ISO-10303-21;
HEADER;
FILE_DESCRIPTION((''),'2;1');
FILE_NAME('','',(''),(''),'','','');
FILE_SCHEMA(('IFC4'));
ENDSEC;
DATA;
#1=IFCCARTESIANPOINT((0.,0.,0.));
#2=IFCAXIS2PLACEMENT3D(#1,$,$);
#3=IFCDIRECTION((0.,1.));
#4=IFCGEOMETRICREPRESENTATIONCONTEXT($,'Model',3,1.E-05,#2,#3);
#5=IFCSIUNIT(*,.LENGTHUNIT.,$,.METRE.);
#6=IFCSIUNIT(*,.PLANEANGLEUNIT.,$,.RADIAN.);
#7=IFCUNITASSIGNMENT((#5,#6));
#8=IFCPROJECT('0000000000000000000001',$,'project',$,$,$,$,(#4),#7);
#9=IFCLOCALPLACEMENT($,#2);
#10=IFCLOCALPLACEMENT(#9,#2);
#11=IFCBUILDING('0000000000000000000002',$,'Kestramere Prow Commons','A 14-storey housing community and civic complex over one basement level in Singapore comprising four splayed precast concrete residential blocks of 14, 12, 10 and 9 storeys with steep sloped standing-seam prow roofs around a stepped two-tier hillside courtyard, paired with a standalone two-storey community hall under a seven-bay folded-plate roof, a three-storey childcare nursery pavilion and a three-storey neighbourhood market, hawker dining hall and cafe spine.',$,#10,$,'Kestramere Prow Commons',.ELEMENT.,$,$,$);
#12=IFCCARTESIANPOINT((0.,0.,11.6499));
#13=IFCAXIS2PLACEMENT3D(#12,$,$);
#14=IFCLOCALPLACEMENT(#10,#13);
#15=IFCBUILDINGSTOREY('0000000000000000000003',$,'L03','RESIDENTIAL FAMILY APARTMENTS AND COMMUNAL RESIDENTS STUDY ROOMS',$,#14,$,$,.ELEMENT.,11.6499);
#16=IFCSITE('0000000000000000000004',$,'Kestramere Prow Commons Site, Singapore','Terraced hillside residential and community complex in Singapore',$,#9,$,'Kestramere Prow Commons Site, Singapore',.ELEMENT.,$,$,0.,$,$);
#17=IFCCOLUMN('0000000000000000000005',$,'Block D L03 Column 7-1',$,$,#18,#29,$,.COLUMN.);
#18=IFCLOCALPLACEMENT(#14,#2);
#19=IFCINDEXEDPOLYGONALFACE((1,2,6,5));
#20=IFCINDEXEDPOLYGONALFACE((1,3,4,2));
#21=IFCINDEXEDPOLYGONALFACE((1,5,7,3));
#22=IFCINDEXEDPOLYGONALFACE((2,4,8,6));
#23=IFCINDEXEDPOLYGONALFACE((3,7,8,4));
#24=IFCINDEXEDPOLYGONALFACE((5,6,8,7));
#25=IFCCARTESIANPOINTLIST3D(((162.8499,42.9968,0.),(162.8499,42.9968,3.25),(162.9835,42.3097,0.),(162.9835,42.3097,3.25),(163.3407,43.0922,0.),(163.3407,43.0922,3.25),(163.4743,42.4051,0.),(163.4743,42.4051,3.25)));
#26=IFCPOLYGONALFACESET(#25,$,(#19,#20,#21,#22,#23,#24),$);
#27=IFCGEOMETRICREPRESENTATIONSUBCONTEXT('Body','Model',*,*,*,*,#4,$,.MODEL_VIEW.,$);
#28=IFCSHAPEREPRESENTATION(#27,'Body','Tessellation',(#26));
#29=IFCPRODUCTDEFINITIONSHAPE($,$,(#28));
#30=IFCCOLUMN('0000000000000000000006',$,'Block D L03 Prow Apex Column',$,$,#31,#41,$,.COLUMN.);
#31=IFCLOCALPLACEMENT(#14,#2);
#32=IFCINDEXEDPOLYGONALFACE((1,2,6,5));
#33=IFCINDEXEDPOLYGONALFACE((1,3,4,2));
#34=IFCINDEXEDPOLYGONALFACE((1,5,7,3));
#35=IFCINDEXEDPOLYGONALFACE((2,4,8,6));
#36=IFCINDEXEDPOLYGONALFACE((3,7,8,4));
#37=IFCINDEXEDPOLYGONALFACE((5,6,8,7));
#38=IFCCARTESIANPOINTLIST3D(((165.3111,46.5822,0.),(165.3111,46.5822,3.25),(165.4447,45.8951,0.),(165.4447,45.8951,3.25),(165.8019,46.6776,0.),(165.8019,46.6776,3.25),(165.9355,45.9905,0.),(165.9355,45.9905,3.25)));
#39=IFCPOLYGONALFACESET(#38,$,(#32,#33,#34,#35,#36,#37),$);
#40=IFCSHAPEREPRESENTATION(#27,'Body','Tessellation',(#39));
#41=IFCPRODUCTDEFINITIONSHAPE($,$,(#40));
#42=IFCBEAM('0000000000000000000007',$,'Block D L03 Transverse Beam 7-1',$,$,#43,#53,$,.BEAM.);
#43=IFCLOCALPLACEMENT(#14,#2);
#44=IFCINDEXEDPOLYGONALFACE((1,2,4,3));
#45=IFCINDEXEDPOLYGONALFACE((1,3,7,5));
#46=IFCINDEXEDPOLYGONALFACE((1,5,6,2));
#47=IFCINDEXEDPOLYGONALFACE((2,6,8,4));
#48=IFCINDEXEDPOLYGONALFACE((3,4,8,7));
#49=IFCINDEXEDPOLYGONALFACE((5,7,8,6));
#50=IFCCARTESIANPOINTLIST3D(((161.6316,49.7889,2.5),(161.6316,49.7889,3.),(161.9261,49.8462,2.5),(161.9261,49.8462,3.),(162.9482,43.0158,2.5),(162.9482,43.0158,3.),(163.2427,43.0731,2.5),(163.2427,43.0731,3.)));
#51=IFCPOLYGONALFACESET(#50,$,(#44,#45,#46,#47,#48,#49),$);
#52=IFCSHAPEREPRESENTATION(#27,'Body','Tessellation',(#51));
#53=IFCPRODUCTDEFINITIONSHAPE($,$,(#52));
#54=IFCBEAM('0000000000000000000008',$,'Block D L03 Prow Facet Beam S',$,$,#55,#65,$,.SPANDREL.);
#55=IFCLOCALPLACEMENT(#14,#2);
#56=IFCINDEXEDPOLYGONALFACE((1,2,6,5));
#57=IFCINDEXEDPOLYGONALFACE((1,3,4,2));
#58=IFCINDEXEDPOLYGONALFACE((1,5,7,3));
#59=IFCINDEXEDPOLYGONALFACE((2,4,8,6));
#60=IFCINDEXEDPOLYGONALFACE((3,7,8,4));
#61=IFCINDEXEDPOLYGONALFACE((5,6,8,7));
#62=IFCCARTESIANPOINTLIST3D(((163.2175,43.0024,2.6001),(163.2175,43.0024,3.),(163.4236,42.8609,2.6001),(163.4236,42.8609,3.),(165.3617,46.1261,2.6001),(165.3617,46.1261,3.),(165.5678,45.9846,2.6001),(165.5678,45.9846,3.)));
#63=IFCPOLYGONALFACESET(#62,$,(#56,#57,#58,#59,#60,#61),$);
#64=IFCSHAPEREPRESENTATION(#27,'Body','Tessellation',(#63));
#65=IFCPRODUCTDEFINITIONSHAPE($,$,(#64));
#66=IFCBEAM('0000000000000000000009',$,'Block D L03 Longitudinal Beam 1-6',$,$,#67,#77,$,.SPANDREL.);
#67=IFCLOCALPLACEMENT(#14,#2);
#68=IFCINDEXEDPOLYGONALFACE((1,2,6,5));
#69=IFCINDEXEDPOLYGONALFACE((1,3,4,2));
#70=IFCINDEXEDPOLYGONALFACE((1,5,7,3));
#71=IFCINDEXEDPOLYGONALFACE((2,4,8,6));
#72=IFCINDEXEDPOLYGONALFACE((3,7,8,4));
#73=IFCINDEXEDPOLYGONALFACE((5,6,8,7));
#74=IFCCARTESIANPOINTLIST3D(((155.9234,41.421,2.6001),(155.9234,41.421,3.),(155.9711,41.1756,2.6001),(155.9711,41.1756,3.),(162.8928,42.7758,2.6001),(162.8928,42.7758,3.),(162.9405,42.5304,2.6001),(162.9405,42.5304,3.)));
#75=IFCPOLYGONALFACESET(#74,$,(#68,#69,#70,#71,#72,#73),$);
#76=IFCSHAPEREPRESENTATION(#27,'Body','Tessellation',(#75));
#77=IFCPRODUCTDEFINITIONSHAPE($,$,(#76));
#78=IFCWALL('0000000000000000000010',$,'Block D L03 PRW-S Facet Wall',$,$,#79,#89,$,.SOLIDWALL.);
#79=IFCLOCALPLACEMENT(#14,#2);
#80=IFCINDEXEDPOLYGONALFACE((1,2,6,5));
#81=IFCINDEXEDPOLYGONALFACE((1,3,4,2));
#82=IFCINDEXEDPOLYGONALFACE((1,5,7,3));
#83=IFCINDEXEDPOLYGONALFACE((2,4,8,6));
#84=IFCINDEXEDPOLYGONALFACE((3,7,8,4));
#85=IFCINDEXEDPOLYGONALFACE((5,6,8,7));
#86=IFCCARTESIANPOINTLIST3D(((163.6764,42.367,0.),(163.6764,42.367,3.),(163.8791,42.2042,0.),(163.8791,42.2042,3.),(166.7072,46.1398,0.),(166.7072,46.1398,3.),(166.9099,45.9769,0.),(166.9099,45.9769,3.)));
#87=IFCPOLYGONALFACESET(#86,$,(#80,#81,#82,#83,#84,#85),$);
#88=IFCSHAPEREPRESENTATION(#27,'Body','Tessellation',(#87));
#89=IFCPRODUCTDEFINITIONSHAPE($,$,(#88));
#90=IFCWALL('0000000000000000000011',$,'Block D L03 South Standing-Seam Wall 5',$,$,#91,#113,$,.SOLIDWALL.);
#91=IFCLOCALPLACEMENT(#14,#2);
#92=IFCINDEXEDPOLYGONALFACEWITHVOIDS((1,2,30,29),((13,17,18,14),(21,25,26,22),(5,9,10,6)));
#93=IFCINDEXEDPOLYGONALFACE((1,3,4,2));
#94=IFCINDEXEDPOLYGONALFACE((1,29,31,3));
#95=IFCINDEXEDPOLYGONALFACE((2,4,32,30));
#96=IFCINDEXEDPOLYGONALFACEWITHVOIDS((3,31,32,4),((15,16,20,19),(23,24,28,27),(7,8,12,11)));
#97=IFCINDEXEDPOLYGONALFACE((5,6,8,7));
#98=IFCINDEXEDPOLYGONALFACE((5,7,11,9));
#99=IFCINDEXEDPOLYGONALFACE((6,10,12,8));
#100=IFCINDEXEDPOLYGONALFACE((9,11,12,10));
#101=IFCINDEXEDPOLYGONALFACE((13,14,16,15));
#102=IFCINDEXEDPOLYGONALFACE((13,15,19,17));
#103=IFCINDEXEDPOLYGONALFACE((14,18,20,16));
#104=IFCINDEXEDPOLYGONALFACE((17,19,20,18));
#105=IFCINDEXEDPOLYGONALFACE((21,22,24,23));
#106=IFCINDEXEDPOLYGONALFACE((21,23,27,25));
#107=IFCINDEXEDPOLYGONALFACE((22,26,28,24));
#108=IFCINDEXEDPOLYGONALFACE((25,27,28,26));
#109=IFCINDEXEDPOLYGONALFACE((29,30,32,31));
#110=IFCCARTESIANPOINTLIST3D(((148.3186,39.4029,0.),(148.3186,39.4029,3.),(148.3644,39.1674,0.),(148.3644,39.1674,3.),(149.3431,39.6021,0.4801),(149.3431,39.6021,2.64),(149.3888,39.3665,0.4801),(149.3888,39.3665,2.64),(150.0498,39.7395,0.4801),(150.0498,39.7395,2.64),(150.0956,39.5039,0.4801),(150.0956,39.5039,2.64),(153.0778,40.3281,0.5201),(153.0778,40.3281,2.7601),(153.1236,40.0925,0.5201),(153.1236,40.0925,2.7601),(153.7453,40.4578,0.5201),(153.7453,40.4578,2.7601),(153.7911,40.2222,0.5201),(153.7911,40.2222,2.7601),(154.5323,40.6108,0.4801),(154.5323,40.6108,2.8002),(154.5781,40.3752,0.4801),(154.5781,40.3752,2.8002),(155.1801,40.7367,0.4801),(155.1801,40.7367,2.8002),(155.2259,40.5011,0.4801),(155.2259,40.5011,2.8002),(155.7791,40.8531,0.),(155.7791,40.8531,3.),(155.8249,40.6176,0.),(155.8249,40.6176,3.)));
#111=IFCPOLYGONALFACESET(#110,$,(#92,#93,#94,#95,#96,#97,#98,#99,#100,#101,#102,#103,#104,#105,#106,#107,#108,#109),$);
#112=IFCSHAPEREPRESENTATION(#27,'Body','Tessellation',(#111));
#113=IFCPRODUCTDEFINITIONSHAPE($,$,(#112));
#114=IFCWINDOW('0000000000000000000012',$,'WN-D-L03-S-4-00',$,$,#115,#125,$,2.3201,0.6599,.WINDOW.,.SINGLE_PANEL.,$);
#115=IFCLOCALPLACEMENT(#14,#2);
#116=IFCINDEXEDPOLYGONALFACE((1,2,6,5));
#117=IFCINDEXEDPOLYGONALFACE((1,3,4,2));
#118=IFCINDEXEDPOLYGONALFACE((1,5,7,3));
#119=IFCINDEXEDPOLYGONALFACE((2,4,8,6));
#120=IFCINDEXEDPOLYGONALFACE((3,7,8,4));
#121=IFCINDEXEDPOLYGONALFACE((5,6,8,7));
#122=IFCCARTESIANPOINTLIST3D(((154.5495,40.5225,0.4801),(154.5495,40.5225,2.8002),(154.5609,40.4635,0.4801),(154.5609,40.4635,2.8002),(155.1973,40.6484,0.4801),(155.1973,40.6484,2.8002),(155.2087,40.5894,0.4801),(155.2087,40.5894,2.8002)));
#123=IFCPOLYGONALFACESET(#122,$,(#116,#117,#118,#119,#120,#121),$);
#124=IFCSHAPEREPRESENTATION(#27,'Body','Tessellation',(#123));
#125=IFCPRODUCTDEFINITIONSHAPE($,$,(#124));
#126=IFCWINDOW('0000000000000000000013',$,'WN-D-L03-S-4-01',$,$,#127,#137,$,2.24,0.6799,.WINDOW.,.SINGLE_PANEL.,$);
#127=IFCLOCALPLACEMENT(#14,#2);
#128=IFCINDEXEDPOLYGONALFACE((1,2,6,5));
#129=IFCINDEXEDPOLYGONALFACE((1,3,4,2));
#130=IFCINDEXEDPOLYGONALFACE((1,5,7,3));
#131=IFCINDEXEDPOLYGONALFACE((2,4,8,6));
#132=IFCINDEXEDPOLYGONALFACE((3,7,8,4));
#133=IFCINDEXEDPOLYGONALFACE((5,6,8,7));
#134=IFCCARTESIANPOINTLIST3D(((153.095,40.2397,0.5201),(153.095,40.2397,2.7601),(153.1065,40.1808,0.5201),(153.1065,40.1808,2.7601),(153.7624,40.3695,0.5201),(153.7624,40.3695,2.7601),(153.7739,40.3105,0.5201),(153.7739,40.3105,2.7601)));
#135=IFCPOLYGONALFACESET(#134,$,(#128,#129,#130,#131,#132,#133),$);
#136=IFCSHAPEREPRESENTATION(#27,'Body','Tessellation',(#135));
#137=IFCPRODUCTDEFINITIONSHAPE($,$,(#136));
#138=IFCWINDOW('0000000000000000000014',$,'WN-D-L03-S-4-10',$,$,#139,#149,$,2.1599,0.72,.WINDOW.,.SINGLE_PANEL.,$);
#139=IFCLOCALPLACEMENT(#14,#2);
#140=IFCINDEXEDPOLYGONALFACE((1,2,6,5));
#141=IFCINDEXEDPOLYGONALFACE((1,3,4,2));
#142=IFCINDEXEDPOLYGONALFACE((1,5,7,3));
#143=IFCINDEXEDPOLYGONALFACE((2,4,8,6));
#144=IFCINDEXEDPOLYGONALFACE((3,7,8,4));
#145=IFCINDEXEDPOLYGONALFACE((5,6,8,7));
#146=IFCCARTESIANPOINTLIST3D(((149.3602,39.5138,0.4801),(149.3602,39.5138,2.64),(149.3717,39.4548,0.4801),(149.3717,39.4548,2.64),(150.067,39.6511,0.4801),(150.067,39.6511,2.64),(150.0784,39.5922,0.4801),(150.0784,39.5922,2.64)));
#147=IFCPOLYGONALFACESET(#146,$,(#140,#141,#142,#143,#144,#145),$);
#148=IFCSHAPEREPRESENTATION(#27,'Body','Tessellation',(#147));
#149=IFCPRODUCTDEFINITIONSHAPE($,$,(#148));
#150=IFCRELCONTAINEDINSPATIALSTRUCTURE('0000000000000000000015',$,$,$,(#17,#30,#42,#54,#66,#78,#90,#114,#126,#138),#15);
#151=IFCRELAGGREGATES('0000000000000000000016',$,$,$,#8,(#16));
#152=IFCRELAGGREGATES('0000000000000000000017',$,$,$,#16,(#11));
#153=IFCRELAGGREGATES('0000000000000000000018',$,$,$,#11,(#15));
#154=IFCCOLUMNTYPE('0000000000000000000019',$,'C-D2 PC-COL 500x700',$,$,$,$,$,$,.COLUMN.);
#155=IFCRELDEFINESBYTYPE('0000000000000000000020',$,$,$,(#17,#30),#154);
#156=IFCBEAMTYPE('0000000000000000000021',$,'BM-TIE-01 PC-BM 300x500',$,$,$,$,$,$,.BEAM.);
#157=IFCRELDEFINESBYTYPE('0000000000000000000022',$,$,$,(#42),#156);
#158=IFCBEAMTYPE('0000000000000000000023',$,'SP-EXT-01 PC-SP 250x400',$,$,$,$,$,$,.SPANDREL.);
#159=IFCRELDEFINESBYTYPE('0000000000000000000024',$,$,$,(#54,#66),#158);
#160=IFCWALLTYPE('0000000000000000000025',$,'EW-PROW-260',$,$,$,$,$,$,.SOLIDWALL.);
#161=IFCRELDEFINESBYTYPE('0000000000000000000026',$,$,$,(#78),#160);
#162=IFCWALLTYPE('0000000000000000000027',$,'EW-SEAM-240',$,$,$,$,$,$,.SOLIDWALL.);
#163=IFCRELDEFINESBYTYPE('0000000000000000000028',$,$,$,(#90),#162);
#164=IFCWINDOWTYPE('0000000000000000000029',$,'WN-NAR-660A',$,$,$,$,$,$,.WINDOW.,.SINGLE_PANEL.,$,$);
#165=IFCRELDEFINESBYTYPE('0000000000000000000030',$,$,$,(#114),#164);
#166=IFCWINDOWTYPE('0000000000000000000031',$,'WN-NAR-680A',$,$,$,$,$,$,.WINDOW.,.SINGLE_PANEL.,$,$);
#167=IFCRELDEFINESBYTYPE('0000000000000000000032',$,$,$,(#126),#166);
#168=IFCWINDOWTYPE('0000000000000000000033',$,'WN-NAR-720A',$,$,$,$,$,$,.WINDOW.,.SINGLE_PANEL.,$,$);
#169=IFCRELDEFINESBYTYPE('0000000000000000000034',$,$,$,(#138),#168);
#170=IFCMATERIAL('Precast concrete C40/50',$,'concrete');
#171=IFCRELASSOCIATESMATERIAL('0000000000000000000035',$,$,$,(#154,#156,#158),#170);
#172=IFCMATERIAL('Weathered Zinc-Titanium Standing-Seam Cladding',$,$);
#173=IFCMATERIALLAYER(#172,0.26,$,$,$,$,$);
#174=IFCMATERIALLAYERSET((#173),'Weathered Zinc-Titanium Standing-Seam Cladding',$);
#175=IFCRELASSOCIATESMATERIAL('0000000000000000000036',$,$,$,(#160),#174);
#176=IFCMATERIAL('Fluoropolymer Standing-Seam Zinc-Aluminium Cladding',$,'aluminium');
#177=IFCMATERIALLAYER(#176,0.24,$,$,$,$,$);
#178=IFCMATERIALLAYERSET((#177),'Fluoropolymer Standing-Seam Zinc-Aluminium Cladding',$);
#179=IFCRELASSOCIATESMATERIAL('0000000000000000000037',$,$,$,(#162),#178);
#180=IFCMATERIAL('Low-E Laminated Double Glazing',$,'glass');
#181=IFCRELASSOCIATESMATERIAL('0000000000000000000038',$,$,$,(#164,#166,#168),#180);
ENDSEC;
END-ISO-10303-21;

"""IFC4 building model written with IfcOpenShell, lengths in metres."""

from ifc_helpers import new_model, si_unit, direction, frame, frame_2d, origin, origin_2d, place, context, subcontext, project, spatial, rectangle, extrude, material, layer, layer_set, material_profile, profile_set, type_object, element, fill, save


model = new_model("IFC4")

# Units and contexts
model_context = context("Model", 3, precision=1e-05, world=origin(), true_north=direction((0.0, 1.0)))
body_context = subcontext(model_context, "Body", "Model", "MODEL_VIEW")
ifc_project = project(units=[si_unit("LENGTHUNIT", "METRE"), si_unit("PLANEANGLEUNIT", "RADIAN")], contexts=[model_context])

# Site, building, storey
site_placement = place(None, origin())
site = spatial("IfcSite", under=ifc_project, at=site_placement, Name="Kestramere Prow Commons Site, Singapore", Description="Terraced hillside residential and community complex in Singapore", LongName="Kestramere Prow Commons Site, Singapore", CompositionType="ELEMENT", RefElevation=0.0)
building_placement = place(site_placement, origin())
building = spatial("IfcBuilding", under=site, at=building_placement, Name="Kestramere Prow Commons", Description="A 14-storey housing community and civic complex over one basement level in Singapore comprising four splayed precast concrete residential blocks of 14, 12, 10 and 9 storeys with steep sloped standing-seam prow roofs around a stepped two-tier hillside courtyard, paired with a standalone two-storey community hall under a seven-bay folded-plate roof, a three-storey childcare nursery pavilion and a three-storey neighbourhood market, hawker dining hall and cafe spine.", LongName="Kestramere Prow Commons", CompositionType="ELEMENT")
storey_placement = place(building_placement, frame((0.0, 0.0, 11.6499)))
storey = spatial("IfcBuildingStorey", under=building, at=storey_placement, Name="L03", Description="RESIDENTIAL FAMILY APARTMENTS AND COMMUNAL RESIDENTS STUDY ROOMS", CompositionType="ELEMENT", Elevation=11.6499)

# Columns
ifc_material_1 = material(Name="Precast concrete C40/50", Category="concrete")
ifc_material_profile_1 = material_profile(ifc_material_1, rectangle(XDim=0.5, YDim=0.7, at=origin_2d()), Name="PC-COL 500x700")
ifc_profile_set_1 = profile_set([ifc_material_profile_1], Name="Precast concrete C40/50")
column_type = type_object("IfcColumnType", Name="C-D2 PC-COL 500x700", PredefinedType="COLUMN", material=ifc_profile_set_1)
for number, where, z_axis, x_axis, name in (
    (1, (163.1621, 42.7009, 0.0), (0.0, 0.0, 1.0), (0.981627, 0.190809, 0.0), "Block D L03 Column 7-1"),
    (2, (165.6233, 46.2864, 0.0), (0.0, 0.0, 1.0), (0.981627, 0.190809, 0.0), "Block D L03 Prow Apex Column"),
):
    element("IfcColumn", number, at=place(storey_placement, frame(where, z_axis=z_axis, x_axis=x_axis)), inside=storey, type_object=column_type, Name=name, PredefinedType="COLUMN", context=body_context, shape_type="SweptSolid", body=[
        extrude(rectangle(XDim=0.5, YDim=0.7, at=origin_2d()), origin(), (0.0, 0.0, 1.0), 3.25),
    ])

# Beams
ifc_material_profile_2 = material_profile(ifc_material_1, rectangle(XDim=0.3, YDim=0.5, at=origin_2d()), Name="PC-BM 300x500")
ifc_profile_set_2 = profile_set([ifc_material_profile_2], Name="Precast concrete C40/50")
beam_type_1 = type_object("IfcBeamType", Name="BM-TIE-01 PC-BM 300x500", PredefinedType="BEAM", material=ifc_profile_set_2)
beam_1_placement = place(storey_placement, frame((163.0955, 43.0444, 2.75), z_axis=(-0.190819, 0.981625, 0.0), x_axis=(-0.981625, -0.190819, 0.0)))
element("IfcBeam", 3, at=beam_1_placement, inside=storey, type_object=beam_type_1, Name="Block D L03 Transverse Beam 7-1", PredefinedType="BEAM", context=body_context, shape_type="SweptSolid", body=[
    extrude(rectangle(XDim=0.3, YDim=0.5, at=origin_2d()), origin(), (0.0, 0.0, 1.0), 6.8999),
])
ifc_material_profile_3 = material_profile(ifc_material_1, rectangle(XDim=0.25, YDim=0.3999, at=origin_2d()), Name="PC-SP 250x400")
ifc_profile_set_3 = profile_set([ifc_material_profile_3], Name="Precast concrete C40/50")
beam_type_2 = type_object("IfcBeamType", Name="SP-EXT-01 PC-SP 250x400", PredefinedType="SPANDREL", material=ifc_profile_set_3)
beam_2_placement = place(storey_placement, frame((163.3206, 42.9316, 2.8), z_axis=(0.565935, 0.82445, 0.0), x_axis=(-0.82445, 0.565935, 0.0)))
element("IfcBeam", 4, at=beam_2_placement, inside=storey, type_object=beam_type_2, Name="Block D L03 Prow Facet Beam S", PredefinedType="SPANDREL", context=body_context, shape_type="SweptSolid", body=[
    extrude(rectangle(XDim=0.25, YDim=0.3999, at=origin_2d()), origin(), (0.0, 0.0, 1.0), 3.7888),
])
beam_3_placement = place(storey_placement, frame((155.9473, 41.2983, 2.8), z_axis=(0.981627, 0.19081, 0.0), x_axis=(-0.19081, 0.981627, 0.0)))
element("IfcBeam", 5, at=beam_3_placement, inside=storey, type_object=beam_type_2, Name="Block D L03 Longitudinal Beam 1-6", PredefinedType="SPANDREL", context=body_context, shape_type="SweptSolid", body=[
    extrude(rectangle(XDim=0.25, YDim=0.3999, at=origin_2d()), origin(), (0.0, 0.0, 1.0), 7.0999),
])

# Wall
ifc_material_2 = material(Name="Weathered Zinc-Titanium Standing-Seam Cladding")
ifc_layer_1 = layer(ifc_material_2, 0.26)
ifc_layer_set_1 = layer_set([ifc_layer_1], Name="Weathered Zinc-Titanium Standing-Seam Cladding")
wall_type_1 = type_object("IfcWallType", Name="EW-PROW-260", PredefinedType="SOLIDWALL", material=ifc_layer_set_1)
wall_1_placement = place(storey_placement, frame((166.8086, 46.0583, 0.0), z_axis=(0.0, 0.0, 1.0), x_axis=(-0.626281, -0.779597, 0.0)))
element("IfcWall", 6, at=wall_1_placement, inside=storey, type_object=wall_type_1, Name="Block D L03 PRW-S Facet Wall", PredefinedType="SOLIDWALL", context=body_context, shape_type="SweptSolid", body=[
    extrude(rectangle(XDim=4.8394, YDim=0.26, at=frame_2d((2.4197, 0.0))), origin(), (0.0, 0.0, 1.0), 3.0),
])

# Wall, openings, windows
ifc_material_3 = material(Name="Fluoropolymer Standing-Seam Zinc-Aluminium Cladding", Category="aluminium")
ifc_layer_2 = layer(ifc_material_3, 0.24)
ifc_layer_set_2 = layer_set([ifc_layer_2], Name="Fluoropolymer Standing-Seam Zinc-Aluminium Cladding")
wall_type_2 = type_object("IfcWallType", Name="EW-SEAM-240", PredefinedType="SOLIDWALL", material=ifc_layer_set_2)
wall_2_placement = place(storey_placement, frame((155.802, 40.7354, 0.0), z_axis=(0.0, 0.0, 1.0), x_axis=(-0.981626, -0.190813, 0.0)))
wall_2 = element("IfcWall", 7, at=wall_2_placement, inside=storey, type_object=wall_type_2, Name="Block D L03 South Standing-Seam Wall 5", PredefinedType="SOLIDWALL", context=body_context, shape_type="SweptSolid", body=[
    extrude(rectangle(XDim=7.6001, YDim=0.24, at=frame_2d((3.8, 0.0))), origin(), (0.0, 0.0, 1.0), 3.0),
])
opening_1_placement = place(wall_2_placement, frame((0.6101, 0.0, 0.48)))
opening_1 = element("IfcOpeningElement", 8, at=opening_1_placement, cuts=wall_2, PredefinedType="OPENING", context=body_context, shape_type="SweptSolid", body=[
    extrude(rectangle(XDim=0.6599, YDim=2.3201, at=frame_2d((0.3301, 1.1602))), frame((0.0, 0.135, 0.0), z_axis=(0.0, -1.0, 0.0), x_axis=(1.0, 0.0, 0.0)), (0.0, 0.0, 1.0), 0.27),
])
opening_2_placement = place(wall_2_placement, frame((2.072, 0.0, 0.52)))
opening_2 = element("IfcOpeningElement", 9, at=opening_2_placement, cuts=wall_2, PredefinedType="OPENING", context=body_context, shape_type="SweptSolid", body=[
    extrude(rectangle(XDim=0.6799, YDim=2.24, at=frame_2d((0.3398, 1.1201))), frame((0.0, 0.135, 0.0), z_axis=(0.0, -1.0, 0.0), x_axis=(1.0, 0.0, 0.0)), (0.0, 0.0, 1.0), 0.27),
])
opening_3_placement = place(wall_2_placement, frame((5.8367, 0.0, 0.48)))
opening_3 = element("IfcOpeningElement", 10, at=opening_3_placement, cuts=wall_2, PredefinedType="OPENING", context=body_context, shape_type="SweptSolid", body=[
    extrude(rectangle(XDim=0.72, YDim=2.1599, at=frame_2d((0.3599, 1.0801))), frame((0.0, 0.135, 0.0), z_axis=(0.0, -1.0, 0.0), x_axis=(1.0, 0.0, 0.0)), (0.0, 0.0, 1.0), 0.27),
])
ifc_material_4 = material(Name="Low-E Laminated Double Glazing", Category="glass")
window_type_1 = type_object("IfcWindowType", Name="WN-NAR-660A", PartitioningType="SINGLE_PANEL", PredefinedType="WINDOW", material=ifc_material_4)
window_1_placement = place(opening_1_placement, origin())
window_1 = element("IfcWindow", 11, at=window_1_placement, inside=storey, type_object=window_type_1, Name="WN-D-L03-S-4-00", OverallHeight=2.3201, OverallWidth=0.6599, PartitioningType="SINGLE_PANEL", PredefinedType="WINDOW", context=body_context, shape_type="SweptSolid", body=[
    extrude(rectangle(XDim=0.6599, YDim=2.3201, at=frame_2d((0.3301, 1.1602))), frame((0.0, 0.03, 0.0), z_axis=(0.0, -1.0, 0.0), x_axis=(1.0, 0.0, 0.0)), (0.0, 0.0, 1.0), 0.0601),
])
fill(opening_1, window_1)
window_type_2 = type_object("IfcWindowType", Name="WN-NAR-680A", PartitioningType="SINGLE_PANEL", PredefinedType="WINDOW", material=ifc_material_4)
window_2_placement = place(opening_2_placement, origin())
window_2 = element("IfcWindow", 12, at=window_2_placement, inside=storey, type_object=window_type_2, Name="WN-D-L03-S-4-01", OverallHeight=2.24, OverallWidth=0.6799, PartitioningType="SINGLE_PANEL", PredefinedType="WINDOW", context=body_context, shape_type="SweptSolid", body=[
    extrude(rectangle(XDim=0.6799, YDim=2.24, at=frame_2d((0.3398, 1.1201))), frame((0.0, 0.03, 0.0), z_axis=(0.0, -1.0, 0.0), x_axis=(1.0, 0.0, 0.0)), (0.0, 0.0, 1.0), 0.0601),
])
fill(opening_2, window_2)
window_type_3 = type_object("IfcWindowType", Name="WN-NAR-720A", PartitioningType="SINGLE_PANEL", PredefinedType="WINDOW", material=ifc_material_4)
window_3_placement = place(opening_3_placement, origin())
window_3 = element("IfcWindow", 13, at=window_3_placement, inside=storey, type_object=window_type_3, Name="WN-D-L03-S-4-10", OverallHeight=2.1599, OverallWidth=0.72, PartitioningType="SINGLE_PANEL", PredefinedType="WINDOW", context=body_context, shape_type="SweptSolid", body=[
    extrude(rectangle(XDim=0.72, YDim=2.1599, at=frame_2d((0.3599, 1.0801))), frame((0.0, 0.03, 0.0), z_axis=(0.0, -1.0, 0.0), x_axis=(1.0, 0.0, 0.0)), (0.0, 0.0, 1.0), 0.0601),
])
fill(opening_3, window_3)

save(model, "model.ifc")
